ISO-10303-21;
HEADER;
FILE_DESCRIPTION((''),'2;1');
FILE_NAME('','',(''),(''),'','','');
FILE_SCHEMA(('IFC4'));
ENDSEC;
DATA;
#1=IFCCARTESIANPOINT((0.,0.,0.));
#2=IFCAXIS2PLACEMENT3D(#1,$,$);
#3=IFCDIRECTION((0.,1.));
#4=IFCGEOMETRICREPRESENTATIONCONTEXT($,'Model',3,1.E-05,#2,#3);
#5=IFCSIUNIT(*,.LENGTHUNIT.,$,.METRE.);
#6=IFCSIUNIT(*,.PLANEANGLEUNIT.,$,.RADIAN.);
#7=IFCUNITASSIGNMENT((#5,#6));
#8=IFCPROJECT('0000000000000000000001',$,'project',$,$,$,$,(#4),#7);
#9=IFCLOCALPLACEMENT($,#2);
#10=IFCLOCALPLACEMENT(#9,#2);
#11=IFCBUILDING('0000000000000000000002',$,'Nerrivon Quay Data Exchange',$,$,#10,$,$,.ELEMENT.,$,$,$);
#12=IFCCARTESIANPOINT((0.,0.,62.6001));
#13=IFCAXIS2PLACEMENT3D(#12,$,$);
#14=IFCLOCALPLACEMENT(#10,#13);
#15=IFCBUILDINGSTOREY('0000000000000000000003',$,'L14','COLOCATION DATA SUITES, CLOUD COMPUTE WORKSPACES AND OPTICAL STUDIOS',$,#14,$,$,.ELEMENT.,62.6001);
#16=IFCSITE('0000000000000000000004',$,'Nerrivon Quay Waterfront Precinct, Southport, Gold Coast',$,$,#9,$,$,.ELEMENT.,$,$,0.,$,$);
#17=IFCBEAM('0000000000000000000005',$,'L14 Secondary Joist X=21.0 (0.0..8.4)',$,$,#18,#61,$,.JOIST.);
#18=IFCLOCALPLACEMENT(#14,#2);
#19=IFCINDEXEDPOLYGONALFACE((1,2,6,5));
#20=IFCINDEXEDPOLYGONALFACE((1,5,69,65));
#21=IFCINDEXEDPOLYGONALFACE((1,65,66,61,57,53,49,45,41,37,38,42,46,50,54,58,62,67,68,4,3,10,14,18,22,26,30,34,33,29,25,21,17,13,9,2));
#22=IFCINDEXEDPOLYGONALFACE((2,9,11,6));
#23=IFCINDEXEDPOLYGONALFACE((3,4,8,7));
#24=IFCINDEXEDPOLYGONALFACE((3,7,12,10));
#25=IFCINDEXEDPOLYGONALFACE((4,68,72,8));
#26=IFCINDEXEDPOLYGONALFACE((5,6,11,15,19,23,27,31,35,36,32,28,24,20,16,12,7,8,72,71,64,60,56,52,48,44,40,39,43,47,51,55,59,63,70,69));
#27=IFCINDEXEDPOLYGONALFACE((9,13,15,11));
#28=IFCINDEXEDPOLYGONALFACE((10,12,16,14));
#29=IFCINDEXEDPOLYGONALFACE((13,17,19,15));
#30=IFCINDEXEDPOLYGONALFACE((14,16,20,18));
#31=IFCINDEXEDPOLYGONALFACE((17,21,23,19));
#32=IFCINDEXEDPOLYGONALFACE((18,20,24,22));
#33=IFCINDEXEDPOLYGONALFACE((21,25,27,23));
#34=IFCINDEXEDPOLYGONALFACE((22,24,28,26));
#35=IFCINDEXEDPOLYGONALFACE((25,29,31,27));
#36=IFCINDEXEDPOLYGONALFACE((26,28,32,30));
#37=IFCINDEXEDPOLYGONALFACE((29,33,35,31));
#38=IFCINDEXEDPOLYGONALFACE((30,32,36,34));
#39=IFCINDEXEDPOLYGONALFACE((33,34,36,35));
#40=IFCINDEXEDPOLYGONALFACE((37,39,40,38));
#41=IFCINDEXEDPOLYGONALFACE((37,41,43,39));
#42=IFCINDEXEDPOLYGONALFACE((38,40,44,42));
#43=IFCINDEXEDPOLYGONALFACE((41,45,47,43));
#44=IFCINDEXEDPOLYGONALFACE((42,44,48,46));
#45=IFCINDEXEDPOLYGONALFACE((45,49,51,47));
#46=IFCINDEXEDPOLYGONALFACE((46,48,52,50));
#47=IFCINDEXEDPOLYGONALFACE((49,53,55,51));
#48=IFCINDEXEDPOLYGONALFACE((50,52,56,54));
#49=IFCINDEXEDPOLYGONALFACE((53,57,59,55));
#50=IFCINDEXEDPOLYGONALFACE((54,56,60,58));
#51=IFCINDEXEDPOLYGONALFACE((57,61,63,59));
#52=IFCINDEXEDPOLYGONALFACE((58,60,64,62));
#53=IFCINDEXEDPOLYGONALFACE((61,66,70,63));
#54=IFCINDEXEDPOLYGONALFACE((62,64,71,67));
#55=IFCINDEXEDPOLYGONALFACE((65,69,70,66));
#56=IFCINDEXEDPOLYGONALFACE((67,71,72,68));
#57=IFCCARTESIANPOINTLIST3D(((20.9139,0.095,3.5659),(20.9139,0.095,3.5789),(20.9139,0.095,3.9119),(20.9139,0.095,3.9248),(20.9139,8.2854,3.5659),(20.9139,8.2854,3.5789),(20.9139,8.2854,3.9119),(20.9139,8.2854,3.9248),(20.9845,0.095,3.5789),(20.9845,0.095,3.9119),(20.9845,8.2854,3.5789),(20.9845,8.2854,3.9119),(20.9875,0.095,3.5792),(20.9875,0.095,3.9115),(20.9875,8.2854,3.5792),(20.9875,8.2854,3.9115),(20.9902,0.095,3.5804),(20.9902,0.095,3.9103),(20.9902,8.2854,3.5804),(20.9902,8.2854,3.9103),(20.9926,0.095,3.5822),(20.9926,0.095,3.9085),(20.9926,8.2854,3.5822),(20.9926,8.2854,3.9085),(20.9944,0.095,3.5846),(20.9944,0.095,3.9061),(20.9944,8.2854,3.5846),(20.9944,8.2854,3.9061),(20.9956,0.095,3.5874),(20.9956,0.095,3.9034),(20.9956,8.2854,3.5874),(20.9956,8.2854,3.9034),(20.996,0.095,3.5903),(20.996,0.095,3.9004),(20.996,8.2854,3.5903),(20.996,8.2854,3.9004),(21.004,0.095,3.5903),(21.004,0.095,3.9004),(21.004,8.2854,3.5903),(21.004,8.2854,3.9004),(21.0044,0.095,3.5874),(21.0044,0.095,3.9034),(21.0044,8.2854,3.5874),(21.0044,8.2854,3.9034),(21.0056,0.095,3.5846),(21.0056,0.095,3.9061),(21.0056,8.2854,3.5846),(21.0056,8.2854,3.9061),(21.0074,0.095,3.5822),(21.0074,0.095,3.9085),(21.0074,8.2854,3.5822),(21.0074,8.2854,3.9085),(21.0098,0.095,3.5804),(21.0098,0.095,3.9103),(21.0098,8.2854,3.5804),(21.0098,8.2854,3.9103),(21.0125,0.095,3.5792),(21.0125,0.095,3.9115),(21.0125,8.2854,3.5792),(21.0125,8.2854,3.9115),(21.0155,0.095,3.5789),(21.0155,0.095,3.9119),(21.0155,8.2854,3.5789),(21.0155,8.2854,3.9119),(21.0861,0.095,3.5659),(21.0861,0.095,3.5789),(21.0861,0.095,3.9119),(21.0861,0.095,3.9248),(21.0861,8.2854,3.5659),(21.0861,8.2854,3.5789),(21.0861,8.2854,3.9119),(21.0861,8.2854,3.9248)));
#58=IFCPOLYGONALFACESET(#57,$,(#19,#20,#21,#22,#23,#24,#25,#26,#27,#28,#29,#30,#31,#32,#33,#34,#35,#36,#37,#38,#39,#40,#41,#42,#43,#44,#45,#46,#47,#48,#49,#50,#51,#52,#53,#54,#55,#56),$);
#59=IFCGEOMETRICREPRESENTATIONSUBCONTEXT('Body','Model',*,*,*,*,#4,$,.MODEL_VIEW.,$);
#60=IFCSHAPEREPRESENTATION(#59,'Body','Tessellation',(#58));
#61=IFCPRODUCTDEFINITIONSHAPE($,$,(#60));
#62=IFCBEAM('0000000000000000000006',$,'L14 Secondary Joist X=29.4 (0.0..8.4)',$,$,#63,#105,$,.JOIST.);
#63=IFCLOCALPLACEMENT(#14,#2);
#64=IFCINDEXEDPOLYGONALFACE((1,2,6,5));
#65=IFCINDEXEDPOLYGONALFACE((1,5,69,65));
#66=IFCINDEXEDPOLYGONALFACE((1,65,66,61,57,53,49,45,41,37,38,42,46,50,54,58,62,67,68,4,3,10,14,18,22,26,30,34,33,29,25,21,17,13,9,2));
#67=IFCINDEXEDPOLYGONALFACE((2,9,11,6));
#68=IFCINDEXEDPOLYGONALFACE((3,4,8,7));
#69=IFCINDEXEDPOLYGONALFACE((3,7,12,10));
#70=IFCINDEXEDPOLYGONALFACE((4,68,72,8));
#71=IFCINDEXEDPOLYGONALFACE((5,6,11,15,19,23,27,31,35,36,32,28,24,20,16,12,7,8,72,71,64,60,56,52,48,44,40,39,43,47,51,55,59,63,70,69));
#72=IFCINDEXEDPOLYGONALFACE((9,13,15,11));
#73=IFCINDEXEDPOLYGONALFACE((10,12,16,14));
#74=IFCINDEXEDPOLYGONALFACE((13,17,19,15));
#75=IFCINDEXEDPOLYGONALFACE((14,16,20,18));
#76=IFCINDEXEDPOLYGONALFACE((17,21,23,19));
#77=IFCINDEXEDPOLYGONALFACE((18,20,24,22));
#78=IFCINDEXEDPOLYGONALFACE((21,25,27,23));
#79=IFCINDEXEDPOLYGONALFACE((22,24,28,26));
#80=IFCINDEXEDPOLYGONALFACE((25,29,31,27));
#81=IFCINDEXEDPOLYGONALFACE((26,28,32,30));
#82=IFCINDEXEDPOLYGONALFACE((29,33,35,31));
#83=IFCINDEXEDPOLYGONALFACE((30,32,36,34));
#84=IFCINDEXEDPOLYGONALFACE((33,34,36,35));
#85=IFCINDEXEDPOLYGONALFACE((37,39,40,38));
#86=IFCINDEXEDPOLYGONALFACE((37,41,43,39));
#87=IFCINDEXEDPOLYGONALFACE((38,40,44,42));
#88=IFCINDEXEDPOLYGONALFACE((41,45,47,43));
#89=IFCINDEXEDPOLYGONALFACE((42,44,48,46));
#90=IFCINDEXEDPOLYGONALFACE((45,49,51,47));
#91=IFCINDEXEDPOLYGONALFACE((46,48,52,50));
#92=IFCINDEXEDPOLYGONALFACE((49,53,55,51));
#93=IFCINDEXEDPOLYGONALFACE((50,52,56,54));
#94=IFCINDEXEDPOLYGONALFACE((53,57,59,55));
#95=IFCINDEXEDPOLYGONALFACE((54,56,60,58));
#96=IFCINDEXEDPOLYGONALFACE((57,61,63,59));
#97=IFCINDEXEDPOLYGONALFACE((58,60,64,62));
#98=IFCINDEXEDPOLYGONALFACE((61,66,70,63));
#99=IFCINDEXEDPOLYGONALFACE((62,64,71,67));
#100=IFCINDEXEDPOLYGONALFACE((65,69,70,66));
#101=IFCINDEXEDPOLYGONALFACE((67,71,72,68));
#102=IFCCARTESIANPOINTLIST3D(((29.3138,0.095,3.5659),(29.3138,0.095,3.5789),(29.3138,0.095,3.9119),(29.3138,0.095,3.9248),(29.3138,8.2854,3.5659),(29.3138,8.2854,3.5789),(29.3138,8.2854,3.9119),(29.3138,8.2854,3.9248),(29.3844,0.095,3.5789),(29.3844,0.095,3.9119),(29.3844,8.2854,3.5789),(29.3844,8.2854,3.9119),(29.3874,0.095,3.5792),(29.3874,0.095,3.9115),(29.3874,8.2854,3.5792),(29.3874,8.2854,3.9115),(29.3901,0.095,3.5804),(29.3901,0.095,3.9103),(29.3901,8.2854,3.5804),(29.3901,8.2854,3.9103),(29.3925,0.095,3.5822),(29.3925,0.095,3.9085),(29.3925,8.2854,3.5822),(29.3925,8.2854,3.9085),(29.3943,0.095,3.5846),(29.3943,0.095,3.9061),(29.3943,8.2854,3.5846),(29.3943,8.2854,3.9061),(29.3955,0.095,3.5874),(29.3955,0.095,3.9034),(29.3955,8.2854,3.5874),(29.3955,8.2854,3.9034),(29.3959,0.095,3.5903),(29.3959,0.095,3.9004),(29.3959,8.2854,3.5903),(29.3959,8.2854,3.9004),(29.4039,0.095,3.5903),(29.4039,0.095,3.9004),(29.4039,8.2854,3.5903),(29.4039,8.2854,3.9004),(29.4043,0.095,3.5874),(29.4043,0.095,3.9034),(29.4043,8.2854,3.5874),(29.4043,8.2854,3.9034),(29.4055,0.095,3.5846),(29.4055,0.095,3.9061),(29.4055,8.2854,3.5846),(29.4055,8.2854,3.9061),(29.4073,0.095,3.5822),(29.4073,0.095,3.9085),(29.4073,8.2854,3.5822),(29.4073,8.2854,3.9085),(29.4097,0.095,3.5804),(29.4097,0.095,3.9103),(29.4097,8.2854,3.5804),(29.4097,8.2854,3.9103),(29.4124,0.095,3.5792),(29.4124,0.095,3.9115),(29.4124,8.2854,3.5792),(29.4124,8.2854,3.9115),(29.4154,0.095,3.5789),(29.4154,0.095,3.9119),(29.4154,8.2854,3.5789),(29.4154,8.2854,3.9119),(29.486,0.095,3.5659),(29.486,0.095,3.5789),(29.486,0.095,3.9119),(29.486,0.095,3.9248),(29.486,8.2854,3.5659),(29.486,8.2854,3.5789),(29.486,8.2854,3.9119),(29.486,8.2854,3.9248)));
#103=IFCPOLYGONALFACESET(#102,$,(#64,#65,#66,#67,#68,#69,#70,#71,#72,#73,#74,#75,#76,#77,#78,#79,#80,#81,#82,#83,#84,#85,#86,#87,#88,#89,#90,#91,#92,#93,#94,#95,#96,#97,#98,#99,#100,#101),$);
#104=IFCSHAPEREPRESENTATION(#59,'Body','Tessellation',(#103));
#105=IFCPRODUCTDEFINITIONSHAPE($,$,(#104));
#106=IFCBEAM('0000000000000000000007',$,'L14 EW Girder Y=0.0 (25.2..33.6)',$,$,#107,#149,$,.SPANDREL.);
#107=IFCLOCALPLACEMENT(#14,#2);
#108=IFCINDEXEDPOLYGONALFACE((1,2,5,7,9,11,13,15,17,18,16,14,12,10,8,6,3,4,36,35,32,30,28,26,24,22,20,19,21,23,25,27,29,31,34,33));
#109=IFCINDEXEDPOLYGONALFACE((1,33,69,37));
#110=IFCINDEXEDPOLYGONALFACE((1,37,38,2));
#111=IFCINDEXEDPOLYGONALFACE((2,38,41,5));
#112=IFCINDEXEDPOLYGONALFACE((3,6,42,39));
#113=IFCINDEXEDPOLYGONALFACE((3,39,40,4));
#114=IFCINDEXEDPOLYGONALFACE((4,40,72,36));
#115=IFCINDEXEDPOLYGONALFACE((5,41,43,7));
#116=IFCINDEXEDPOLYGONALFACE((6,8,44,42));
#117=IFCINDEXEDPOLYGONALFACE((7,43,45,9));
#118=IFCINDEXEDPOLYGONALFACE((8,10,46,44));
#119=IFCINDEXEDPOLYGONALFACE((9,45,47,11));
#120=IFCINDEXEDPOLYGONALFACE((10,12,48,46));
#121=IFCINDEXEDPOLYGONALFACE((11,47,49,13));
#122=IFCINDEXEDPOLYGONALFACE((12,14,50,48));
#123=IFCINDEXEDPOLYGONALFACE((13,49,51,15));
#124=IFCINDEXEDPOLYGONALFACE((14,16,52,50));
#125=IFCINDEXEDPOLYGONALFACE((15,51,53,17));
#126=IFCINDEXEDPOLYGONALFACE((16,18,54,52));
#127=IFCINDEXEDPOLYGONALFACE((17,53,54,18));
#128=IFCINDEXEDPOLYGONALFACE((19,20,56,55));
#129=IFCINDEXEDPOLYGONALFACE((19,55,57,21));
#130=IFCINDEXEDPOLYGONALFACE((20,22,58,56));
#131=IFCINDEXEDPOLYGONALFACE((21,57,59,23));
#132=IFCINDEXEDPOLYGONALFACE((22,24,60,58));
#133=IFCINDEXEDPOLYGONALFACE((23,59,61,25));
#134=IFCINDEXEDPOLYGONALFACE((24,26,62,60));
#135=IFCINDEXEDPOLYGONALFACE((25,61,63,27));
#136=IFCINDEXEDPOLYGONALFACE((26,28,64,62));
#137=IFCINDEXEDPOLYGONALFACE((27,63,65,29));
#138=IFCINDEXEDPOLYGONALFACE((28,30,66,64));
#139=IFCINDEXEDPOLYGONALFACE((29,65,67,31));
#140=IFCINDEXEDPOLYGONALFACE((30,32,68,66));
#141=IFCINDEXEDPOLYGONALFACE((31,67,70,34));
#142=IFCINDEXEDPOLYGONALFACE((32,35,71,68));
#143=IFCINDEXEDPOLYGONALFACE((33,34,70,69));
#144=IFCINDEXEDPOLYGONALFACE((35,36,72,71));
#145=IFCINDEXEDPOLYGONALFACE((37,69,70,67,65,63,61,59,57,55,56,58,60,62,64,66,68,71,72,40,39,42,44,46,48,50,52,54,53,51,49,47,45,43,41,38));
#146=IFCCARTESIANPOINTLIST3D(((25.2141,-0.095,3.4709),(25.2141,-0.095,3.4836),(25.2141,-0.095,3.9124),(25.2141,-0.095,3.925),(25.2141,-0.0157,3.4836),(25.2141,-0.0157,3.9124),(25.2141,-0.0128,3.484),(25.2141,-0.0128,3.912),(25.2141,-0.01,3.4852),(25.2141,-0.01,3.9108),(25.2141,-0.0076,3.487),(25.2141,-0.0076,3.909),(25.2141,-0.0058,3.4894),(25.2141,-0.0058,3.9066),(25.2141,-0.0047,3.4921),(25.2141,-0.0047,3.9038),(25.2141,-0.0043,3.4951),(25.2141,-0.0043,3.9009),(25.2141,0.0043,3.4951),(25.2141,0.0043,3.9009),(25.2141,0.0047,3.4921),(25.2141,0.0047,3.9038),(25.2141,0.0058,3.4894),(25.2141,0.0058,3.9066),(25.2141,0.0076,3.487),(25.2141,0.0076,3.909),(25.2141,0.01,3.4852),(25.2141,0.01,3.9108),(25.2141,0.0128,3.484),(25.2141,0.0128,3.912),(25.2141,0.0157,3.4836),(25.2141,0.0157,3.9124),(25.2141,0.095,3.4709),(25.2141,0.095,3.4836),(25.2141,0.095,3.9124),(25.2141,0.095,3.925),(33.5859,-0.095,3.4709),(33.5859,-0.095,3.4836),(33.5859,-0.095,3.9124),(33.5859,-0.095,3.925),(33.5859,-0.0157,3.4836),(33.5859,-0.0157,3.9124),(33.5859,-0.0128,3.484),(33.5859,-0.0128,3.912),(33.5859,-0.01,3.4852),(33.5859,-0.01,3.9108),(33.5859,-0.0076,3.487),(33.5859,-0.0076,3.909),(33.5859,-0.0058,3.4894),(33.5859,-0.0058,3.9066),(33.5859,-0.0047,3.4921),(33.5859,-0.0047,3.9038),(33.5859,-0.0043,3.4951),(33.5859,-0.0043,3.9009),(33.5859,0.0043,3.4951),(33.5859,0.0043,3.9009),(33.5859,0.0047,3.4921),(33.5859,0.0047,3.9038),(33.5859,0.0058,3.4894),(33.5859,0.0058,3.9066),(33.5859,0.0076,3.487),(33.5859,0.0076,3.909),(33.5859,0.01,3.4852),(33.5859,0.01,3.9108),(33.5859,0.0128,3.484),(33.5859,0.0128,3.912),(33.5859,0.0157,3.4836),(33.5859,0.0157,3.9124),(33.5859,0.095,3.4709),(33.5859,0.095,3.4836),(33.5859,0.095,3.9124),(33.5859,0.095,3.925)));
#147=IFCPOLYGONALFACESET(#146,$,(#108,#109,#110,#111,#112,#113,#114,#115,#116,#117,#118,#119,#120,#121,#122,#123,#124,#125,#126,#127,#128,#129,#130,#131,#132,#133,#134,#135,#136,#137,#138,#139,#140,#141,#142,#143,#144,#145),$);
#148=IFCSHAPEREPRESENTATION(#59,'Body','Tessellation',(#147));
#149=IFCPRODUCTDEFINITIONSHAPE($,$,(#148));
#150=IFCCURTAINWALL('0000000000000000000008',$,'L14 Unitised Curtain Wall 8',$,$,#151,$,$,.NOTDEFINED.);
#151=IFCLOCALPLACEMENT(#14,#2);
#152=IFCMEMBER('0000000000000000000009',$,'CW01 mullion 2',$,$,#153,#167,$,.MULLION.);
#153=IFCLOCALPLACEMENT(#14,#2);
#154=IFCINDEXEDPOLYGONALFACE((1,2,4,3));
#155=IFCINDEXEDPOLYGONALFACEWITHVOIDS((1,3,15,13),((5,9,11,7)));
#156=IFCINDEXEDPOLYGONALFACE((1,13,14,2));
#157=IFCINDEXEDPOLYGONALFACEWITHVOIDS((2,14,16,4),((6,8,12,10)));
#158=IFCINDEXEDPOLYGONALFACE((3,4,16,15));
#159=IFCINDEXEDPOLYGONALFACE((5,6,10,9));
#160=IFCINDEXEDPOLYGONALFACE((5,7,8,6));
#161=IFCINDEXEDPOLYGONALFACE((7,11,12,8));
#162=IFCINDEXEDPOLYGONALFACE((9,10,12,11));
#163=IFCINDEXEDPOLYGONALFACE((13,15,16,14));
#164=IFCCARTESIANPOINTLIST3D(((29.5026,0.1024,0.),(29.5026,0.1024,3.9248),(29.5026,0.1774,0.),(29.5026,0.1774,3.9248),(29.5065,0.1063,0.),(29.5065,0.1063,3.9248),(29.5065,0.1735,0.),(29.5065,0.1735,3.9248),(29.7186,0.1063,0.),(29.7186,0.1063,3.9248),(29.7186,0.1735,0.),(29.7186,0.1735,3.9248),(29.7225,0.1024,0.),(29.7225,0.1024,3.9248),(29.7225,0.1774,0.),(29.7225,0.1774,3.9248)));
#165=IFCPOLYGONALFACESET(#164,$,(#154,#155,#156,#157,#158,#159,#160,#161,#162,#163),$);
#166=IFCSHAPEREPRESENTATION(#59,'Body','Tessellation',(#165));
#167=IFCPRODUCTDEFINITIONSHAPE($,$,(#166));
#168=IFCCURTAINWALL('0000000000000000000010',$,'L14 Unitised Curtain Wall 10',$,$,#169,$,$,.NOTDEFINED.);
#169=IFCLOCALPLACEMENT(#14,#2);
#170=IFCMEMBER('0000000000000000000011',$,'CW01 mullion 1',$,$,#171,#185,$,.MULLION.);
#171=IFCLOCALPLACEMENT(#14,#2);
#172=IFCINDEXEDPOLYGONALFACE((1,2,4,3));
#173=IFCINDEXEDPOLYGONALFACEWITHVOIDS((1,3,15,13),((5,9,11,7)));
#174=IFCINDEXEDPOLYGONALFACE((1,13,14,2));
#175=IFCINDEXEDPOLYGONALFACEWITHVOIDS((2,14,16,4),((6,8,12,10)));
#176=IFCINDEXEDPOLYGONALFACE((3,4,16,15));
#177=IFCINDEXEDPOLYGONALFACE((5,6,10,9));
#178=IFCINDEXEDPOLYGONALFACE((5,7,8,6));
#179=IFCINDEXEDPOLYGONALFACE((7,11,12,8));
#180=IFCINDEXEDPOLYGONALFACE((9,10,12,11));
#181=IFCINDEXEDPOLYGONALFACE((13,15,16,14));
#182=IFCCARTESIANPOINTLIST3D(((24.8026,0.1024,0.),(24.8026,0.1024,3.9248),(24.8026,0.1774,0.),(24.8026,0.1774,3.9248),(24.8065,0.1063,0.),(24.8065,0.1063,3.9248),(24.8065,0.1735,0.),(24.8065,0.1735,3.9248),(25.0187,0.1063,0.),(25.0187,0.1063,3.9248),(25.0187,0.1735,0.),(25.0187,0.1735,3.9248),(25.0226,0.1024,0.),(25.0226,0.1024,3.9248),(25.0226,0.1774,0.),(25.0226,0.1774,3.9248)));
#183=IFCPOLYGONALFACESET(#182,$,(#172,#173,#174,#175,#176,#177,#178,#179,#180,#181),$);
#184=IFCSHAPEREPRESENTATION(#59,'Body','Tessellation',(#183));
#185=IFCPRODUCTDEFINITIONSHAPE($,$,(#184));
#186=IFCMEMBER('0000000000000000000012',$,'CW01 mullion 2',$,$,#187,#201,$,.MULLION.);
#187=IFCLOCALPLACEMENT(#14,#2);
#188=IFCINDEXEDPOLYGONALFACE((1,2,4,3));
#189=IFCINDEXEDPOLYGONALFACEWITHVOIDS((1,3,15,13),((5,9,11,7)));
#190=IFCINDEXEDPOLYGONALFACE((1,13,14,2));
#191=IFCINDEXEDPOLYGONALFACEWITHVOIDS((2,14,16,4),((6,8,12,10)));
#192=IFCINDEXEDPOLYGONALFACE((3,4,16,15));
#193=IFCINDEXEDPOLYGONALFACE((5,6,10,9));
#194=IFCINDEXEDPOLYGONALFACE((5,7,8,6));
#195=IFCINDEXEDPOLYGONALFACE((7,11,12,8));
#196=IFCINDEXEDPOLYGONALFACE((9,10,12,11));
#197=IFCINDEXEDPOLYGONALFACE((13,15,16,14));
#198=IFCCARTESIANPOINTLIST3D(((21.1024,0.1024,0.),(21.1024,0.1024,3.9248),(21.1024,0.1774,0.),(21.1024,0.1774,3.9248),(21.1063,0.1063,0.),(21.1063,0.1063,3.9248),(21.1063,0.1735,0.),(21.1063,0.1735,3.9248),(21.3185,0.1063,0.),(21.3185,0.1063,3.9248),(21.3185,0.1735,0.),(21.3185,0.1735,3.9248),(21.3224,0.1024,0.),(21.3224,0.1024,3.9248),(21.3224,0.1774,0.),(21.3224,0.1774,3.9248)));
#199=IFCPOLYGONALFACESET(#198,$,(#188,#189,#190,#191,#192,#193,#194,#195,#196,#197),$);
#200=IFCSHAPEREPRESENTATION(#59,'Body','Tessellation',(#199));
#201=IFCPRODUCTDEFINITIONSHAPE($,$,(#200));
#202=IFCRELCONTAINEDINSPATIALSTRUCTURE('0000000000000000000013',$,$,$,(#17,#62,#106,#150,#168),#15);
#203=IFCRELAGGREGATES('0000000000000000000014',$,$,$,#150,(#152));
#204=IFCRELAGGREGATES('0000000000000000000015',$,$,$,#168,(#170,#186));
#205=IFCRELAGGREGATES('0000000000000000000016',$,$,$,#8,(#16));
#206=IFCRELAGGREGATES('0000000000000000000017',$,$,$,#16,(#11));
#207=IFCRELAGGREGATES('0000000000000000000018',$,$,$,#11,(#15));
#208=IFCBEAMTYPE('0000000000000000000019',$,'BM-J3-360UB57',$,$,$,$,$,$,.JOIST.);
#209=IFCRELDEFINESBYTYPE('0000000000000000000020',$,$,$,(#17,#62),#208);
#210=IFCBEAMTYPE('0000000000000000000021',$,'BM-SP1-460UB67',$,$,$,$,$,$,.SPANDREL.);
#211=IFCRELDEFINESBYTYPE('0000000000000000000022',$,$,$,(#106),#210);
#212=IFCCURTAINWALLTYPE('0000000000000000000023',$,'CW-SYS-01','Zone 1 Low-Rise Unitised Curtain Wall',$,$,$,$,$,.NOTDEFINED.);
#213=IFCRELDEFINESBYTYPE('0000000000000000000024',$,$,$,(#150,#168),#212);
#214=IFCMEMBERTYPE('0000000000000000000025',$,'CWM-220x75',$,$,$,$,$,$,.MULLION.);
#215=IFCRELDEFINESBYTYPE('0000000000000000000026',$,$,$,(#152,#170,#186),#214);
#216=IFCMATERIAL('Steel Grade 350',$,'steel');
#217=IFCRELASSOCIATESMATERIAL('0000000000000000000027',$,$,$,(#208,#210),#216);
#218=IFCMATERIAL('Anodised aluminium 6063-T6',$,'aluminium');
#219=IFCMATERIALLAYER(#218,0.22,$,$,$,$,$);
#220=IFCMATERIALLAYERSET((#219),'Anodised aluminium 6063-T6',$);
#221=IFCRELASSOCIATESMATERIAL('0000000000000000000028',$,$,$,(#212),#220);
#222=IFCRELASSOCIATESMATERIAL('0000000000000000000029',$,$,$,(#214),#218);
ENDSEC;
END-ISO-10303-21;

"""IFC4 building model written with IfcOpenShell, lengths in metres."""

from ifc_helpers import new_model, si_unit, direction, frame, origin, origin_2d, place, context, subcontext, project, spatial, hollow_rectangle, i_section, extrude, material, layer, layer_set, material_profile, profile_set, type_object, element, aggregate, save


model = new_model("IFC4")

# Units and contexts
model_context = context("Model", 3, precision=1e-05, world=origin(), true_north=direction((0.0, 1.0)))
body_context = subcontext(model_context, "Body", "Model", "MODEL_VIEW")
ifc_project = project(units=[si_unit("LENGTHUNIT", "METRE"), si_unit("PLANEANGLEUNIT", "RADIAN")], contexts=[model_context])

# Site, building, storey
site_placement = place(None, origin())
site = spatial("IfcSite", under=ifc_project, at=site_placement, Name="Nerrivon Quay Waterfront Precinct, Southport, Gold Coast", CompositionType="ELEMENT", RefElevation=0.0)
building_placement = place(site_placement, origin())
building = spatial("IfcBuilding", under=site, at=building_placement, Name="Nerrivon Quay Data Exchange", CompositionType="ELEMENT")
storey_placement = place(building_placement, frame((0.0, 0.0, 62.6001)))
storey = spatial("IfcBuildingStorey", under=building, at=storey_placement, Name="L14", Description="COLOCATION DATA SUITES, CLOUD COMPUTE WORKSPACES AND OPTICAL STUDIOS", CompositionType="ELEMENT", Elevation=62.6001)

# Shared definitions
ifc_material_1 = material(Name="Steel Grade 350", Category="steel")

# Beams
ifc_material_profile_1 = material_profile(ifc_material_1, i_section(OverallWidth=0.1721, OverallDepth=0.3589, WebThickness=0.0081, FlangeThickness=0.0129, FilletRadius=0.0115, at=origin_2d()), Name="360UB56.7")
ifc_profile_set_1 = profile_set([ifc_material_profile_1], Name="Steel Grade 350")
beam_type_1 = type_object("IfcBeamType", Name="BM-J3-360UB57", PredefinedType="JOIST", material=ifc_profile_set_1)
for number, where, z_axis, x_axis, name in (
    (1, (21.0, 0.095, 3.7454), (0.0, 1.0, 0.0), (-1.0, 0.0, 0.0), "L14 Secondary Joist X=21.0 (0.0..8.4)"),
    (2, (29.3999, 0.095, 3.7454), (0.0, 1.0, 0.0), (-1.0, 0.0, 0.0), "L14 Secondary Joist X=29.4 (0.0..8.4)"),
):
    element("IfcBeam", number, at=place(storey_placement, frame(where, z_axis=z_axis, x_axis=x_axis)), inside=storey, type_object=beam_type_1, Name=name, PredefinedType="JOIST", context=body_context, shape_type="SweptSolid", body=[
        extrude(i_section(OverallWidth=0.1721, OverallDepth=0.3589, WebThickness=0.0081, FlangeThickness=0.0129, FilletRadius=0.0115, at=origin_2d()), origin(), (0.0, 0.0, 1.0), 8.1904),
    ])
ifc_material_profile_2 = material_profile(ifc_material_1, i_section(OverallWidth=0.1899, OverallDepth=0.4541, WebThickness=0.0085, FlangeThickness=0.0127, FilletRadius=0.0115, at=origin_2d()), Name="460UB67.1")
ifc_profile_set_2 = profile_set([ifc_material_profile_2], Name="Steel Grade 350")
beam_type_2 = type_object("IfcBeamType", Name="BM-SP1-460UB67", PredefinedType="SPANDREL", material=ifc_profile_set_2)
beam_1_placement = place(storey_placement, frame((25.2141, 0.0, 3.698), z_axis=(1.0, 0.0, 0.0), x_axis=(0.0, 1.0, 0.0)))
element("IfcBeam", 3, at=beam_1_placement, inside=storey, type_object=beam_type_2, Name="L14 EW Girder Y=0.0 (25.2..33.6)", PredefinedType="SPANDREL", context=body_context, shape_type="SweptSolid", body=[
    extrude(i_section(OverallWidth=0.1899, OverallDepth=0.4541, WebThickness=0.0085, FlangeThickness=0.0127, FilletRadius=0.0115, at=origin_2d()), origin(), (0.0, 0.0, 1.0), 8.3718),
])

# Curtain wall, member
ifc_material_2 = material(Name="Anodised aluminium 6063-T6", Category="aluminium")
ifc_layer_1 = layer(ifc_material_2, 0.22)
ifc_layer_set_1 = layer_set([ifc_layer_1], Name="Anodised aluminium 6063-T6")
curtain_wall_type = type_object("IfcCurtainWallType", Name="CW-SYS-01", Description="Zone 1 Low-Rise Unitised Curtain Wall", PredefinedType="NOTDEFINED", material=ifc_layer_set_1)
curtain_wall_1_placement = place(storey_placement, origin())
curtain_wall_1 = element("IfcCurtainWall", 4, at=curtain_wall_1_placement, inside=storey, type_object=curtain_wall_type, Name="L14 Unitised Curtain Wall 8", PredefinedType="NOTDEFINED")
ifc_material_profile_3 = material_profile(ifc_material_2, hollow_rectangle(XDim=0.075, YDim=0.22, WallThickness=0.0039, at=origin_2d()), Name="ALU-MULL-220x75")
ifc_profile_set_3 = profile_set([ifc_material_profile_3], Name="Anodised aluminium 6063-T6")
member_type_1 = type_object("IfcMemberType", Name="CWM-220x75", PredefinedType="MULLION", material=ifc_profile_set_3)
member_1_placement = place(storey_placement, frame((29.6125, 0.1399, 0.0), z_axis=(0.0, 0.0, 1.0), x_axis=(0.0, -1.0, 0.0)))
member_1 = element("IfcMember", 5, at=member_1_placement, type_object=member_type_1, Name="CW01 mullion 2", PredefinedType="MULLION", context=body_context, shape_type="SweptSolid", body=[
    extrude(hollow_rectangle(XDim=0.075, YDim=0.22, WallThickness=0.0039, at=origin_2d()), origin(), (0.0, 0.0, 1.0), 3.9248),
])

# Curtain wall, members
curtain_wall_2_placement = place(storey_placement, origin())
curtain_wall_2 = element("IfcCurtainWall", 6, at=curtain_wall_2_placement, inside=storey, type_object=curtain_wall_type, Name="L14 Unitised Curtain Wall 10", PredefinedType="NOTDEFINED")
member_2_placement = place(storey_placement, frame((24.9126, 0.1399, 0.0), z_axis=(0.0, 0.0, 1.0), x_axis=(0.0, -1.0, 0.0)))
member_2 = element("IfcMember", 7, at=member_2_placement, type_object=member_type_1, Name="CW01 mullion 1", PredefinedType="MULLION", context=body_context, shape_type="SweptSolid", body=[
    extrude(hollow_rectangle(XDim=0.075, YDim=0.22, WallThickness=0.0039, at=origin_2d()), origin(), (0.0, 0.0, 1.0), 3.9248),
])
member_3_placement = place(storey_placement, frame((21.2124, 0.1399, 0.0), z_axis=(0.0, 0.0, 1.0), x_axis=(0.0, -1.0, 0.0)))
member_3 = element("IfcMember", 8, at=member_3_placement, type_object=member_type_1, Name="CW01 mullion 2", PredefinedType="MULLION", context=body_context, shape_type="SweptSolid", body=[
    extrude(hollow_rectangle(XDim=0.075, YDim=0.22, WallThickness=0.0039, at=origin_2d()), origin(), (0.0, 0.0, 1.0), 3.9248),
])

aggregate(curtain_wall_1, [member_1])
aggregate(curtain_wall_2, [member_2, member_3])

save(model, "model.ifc")
